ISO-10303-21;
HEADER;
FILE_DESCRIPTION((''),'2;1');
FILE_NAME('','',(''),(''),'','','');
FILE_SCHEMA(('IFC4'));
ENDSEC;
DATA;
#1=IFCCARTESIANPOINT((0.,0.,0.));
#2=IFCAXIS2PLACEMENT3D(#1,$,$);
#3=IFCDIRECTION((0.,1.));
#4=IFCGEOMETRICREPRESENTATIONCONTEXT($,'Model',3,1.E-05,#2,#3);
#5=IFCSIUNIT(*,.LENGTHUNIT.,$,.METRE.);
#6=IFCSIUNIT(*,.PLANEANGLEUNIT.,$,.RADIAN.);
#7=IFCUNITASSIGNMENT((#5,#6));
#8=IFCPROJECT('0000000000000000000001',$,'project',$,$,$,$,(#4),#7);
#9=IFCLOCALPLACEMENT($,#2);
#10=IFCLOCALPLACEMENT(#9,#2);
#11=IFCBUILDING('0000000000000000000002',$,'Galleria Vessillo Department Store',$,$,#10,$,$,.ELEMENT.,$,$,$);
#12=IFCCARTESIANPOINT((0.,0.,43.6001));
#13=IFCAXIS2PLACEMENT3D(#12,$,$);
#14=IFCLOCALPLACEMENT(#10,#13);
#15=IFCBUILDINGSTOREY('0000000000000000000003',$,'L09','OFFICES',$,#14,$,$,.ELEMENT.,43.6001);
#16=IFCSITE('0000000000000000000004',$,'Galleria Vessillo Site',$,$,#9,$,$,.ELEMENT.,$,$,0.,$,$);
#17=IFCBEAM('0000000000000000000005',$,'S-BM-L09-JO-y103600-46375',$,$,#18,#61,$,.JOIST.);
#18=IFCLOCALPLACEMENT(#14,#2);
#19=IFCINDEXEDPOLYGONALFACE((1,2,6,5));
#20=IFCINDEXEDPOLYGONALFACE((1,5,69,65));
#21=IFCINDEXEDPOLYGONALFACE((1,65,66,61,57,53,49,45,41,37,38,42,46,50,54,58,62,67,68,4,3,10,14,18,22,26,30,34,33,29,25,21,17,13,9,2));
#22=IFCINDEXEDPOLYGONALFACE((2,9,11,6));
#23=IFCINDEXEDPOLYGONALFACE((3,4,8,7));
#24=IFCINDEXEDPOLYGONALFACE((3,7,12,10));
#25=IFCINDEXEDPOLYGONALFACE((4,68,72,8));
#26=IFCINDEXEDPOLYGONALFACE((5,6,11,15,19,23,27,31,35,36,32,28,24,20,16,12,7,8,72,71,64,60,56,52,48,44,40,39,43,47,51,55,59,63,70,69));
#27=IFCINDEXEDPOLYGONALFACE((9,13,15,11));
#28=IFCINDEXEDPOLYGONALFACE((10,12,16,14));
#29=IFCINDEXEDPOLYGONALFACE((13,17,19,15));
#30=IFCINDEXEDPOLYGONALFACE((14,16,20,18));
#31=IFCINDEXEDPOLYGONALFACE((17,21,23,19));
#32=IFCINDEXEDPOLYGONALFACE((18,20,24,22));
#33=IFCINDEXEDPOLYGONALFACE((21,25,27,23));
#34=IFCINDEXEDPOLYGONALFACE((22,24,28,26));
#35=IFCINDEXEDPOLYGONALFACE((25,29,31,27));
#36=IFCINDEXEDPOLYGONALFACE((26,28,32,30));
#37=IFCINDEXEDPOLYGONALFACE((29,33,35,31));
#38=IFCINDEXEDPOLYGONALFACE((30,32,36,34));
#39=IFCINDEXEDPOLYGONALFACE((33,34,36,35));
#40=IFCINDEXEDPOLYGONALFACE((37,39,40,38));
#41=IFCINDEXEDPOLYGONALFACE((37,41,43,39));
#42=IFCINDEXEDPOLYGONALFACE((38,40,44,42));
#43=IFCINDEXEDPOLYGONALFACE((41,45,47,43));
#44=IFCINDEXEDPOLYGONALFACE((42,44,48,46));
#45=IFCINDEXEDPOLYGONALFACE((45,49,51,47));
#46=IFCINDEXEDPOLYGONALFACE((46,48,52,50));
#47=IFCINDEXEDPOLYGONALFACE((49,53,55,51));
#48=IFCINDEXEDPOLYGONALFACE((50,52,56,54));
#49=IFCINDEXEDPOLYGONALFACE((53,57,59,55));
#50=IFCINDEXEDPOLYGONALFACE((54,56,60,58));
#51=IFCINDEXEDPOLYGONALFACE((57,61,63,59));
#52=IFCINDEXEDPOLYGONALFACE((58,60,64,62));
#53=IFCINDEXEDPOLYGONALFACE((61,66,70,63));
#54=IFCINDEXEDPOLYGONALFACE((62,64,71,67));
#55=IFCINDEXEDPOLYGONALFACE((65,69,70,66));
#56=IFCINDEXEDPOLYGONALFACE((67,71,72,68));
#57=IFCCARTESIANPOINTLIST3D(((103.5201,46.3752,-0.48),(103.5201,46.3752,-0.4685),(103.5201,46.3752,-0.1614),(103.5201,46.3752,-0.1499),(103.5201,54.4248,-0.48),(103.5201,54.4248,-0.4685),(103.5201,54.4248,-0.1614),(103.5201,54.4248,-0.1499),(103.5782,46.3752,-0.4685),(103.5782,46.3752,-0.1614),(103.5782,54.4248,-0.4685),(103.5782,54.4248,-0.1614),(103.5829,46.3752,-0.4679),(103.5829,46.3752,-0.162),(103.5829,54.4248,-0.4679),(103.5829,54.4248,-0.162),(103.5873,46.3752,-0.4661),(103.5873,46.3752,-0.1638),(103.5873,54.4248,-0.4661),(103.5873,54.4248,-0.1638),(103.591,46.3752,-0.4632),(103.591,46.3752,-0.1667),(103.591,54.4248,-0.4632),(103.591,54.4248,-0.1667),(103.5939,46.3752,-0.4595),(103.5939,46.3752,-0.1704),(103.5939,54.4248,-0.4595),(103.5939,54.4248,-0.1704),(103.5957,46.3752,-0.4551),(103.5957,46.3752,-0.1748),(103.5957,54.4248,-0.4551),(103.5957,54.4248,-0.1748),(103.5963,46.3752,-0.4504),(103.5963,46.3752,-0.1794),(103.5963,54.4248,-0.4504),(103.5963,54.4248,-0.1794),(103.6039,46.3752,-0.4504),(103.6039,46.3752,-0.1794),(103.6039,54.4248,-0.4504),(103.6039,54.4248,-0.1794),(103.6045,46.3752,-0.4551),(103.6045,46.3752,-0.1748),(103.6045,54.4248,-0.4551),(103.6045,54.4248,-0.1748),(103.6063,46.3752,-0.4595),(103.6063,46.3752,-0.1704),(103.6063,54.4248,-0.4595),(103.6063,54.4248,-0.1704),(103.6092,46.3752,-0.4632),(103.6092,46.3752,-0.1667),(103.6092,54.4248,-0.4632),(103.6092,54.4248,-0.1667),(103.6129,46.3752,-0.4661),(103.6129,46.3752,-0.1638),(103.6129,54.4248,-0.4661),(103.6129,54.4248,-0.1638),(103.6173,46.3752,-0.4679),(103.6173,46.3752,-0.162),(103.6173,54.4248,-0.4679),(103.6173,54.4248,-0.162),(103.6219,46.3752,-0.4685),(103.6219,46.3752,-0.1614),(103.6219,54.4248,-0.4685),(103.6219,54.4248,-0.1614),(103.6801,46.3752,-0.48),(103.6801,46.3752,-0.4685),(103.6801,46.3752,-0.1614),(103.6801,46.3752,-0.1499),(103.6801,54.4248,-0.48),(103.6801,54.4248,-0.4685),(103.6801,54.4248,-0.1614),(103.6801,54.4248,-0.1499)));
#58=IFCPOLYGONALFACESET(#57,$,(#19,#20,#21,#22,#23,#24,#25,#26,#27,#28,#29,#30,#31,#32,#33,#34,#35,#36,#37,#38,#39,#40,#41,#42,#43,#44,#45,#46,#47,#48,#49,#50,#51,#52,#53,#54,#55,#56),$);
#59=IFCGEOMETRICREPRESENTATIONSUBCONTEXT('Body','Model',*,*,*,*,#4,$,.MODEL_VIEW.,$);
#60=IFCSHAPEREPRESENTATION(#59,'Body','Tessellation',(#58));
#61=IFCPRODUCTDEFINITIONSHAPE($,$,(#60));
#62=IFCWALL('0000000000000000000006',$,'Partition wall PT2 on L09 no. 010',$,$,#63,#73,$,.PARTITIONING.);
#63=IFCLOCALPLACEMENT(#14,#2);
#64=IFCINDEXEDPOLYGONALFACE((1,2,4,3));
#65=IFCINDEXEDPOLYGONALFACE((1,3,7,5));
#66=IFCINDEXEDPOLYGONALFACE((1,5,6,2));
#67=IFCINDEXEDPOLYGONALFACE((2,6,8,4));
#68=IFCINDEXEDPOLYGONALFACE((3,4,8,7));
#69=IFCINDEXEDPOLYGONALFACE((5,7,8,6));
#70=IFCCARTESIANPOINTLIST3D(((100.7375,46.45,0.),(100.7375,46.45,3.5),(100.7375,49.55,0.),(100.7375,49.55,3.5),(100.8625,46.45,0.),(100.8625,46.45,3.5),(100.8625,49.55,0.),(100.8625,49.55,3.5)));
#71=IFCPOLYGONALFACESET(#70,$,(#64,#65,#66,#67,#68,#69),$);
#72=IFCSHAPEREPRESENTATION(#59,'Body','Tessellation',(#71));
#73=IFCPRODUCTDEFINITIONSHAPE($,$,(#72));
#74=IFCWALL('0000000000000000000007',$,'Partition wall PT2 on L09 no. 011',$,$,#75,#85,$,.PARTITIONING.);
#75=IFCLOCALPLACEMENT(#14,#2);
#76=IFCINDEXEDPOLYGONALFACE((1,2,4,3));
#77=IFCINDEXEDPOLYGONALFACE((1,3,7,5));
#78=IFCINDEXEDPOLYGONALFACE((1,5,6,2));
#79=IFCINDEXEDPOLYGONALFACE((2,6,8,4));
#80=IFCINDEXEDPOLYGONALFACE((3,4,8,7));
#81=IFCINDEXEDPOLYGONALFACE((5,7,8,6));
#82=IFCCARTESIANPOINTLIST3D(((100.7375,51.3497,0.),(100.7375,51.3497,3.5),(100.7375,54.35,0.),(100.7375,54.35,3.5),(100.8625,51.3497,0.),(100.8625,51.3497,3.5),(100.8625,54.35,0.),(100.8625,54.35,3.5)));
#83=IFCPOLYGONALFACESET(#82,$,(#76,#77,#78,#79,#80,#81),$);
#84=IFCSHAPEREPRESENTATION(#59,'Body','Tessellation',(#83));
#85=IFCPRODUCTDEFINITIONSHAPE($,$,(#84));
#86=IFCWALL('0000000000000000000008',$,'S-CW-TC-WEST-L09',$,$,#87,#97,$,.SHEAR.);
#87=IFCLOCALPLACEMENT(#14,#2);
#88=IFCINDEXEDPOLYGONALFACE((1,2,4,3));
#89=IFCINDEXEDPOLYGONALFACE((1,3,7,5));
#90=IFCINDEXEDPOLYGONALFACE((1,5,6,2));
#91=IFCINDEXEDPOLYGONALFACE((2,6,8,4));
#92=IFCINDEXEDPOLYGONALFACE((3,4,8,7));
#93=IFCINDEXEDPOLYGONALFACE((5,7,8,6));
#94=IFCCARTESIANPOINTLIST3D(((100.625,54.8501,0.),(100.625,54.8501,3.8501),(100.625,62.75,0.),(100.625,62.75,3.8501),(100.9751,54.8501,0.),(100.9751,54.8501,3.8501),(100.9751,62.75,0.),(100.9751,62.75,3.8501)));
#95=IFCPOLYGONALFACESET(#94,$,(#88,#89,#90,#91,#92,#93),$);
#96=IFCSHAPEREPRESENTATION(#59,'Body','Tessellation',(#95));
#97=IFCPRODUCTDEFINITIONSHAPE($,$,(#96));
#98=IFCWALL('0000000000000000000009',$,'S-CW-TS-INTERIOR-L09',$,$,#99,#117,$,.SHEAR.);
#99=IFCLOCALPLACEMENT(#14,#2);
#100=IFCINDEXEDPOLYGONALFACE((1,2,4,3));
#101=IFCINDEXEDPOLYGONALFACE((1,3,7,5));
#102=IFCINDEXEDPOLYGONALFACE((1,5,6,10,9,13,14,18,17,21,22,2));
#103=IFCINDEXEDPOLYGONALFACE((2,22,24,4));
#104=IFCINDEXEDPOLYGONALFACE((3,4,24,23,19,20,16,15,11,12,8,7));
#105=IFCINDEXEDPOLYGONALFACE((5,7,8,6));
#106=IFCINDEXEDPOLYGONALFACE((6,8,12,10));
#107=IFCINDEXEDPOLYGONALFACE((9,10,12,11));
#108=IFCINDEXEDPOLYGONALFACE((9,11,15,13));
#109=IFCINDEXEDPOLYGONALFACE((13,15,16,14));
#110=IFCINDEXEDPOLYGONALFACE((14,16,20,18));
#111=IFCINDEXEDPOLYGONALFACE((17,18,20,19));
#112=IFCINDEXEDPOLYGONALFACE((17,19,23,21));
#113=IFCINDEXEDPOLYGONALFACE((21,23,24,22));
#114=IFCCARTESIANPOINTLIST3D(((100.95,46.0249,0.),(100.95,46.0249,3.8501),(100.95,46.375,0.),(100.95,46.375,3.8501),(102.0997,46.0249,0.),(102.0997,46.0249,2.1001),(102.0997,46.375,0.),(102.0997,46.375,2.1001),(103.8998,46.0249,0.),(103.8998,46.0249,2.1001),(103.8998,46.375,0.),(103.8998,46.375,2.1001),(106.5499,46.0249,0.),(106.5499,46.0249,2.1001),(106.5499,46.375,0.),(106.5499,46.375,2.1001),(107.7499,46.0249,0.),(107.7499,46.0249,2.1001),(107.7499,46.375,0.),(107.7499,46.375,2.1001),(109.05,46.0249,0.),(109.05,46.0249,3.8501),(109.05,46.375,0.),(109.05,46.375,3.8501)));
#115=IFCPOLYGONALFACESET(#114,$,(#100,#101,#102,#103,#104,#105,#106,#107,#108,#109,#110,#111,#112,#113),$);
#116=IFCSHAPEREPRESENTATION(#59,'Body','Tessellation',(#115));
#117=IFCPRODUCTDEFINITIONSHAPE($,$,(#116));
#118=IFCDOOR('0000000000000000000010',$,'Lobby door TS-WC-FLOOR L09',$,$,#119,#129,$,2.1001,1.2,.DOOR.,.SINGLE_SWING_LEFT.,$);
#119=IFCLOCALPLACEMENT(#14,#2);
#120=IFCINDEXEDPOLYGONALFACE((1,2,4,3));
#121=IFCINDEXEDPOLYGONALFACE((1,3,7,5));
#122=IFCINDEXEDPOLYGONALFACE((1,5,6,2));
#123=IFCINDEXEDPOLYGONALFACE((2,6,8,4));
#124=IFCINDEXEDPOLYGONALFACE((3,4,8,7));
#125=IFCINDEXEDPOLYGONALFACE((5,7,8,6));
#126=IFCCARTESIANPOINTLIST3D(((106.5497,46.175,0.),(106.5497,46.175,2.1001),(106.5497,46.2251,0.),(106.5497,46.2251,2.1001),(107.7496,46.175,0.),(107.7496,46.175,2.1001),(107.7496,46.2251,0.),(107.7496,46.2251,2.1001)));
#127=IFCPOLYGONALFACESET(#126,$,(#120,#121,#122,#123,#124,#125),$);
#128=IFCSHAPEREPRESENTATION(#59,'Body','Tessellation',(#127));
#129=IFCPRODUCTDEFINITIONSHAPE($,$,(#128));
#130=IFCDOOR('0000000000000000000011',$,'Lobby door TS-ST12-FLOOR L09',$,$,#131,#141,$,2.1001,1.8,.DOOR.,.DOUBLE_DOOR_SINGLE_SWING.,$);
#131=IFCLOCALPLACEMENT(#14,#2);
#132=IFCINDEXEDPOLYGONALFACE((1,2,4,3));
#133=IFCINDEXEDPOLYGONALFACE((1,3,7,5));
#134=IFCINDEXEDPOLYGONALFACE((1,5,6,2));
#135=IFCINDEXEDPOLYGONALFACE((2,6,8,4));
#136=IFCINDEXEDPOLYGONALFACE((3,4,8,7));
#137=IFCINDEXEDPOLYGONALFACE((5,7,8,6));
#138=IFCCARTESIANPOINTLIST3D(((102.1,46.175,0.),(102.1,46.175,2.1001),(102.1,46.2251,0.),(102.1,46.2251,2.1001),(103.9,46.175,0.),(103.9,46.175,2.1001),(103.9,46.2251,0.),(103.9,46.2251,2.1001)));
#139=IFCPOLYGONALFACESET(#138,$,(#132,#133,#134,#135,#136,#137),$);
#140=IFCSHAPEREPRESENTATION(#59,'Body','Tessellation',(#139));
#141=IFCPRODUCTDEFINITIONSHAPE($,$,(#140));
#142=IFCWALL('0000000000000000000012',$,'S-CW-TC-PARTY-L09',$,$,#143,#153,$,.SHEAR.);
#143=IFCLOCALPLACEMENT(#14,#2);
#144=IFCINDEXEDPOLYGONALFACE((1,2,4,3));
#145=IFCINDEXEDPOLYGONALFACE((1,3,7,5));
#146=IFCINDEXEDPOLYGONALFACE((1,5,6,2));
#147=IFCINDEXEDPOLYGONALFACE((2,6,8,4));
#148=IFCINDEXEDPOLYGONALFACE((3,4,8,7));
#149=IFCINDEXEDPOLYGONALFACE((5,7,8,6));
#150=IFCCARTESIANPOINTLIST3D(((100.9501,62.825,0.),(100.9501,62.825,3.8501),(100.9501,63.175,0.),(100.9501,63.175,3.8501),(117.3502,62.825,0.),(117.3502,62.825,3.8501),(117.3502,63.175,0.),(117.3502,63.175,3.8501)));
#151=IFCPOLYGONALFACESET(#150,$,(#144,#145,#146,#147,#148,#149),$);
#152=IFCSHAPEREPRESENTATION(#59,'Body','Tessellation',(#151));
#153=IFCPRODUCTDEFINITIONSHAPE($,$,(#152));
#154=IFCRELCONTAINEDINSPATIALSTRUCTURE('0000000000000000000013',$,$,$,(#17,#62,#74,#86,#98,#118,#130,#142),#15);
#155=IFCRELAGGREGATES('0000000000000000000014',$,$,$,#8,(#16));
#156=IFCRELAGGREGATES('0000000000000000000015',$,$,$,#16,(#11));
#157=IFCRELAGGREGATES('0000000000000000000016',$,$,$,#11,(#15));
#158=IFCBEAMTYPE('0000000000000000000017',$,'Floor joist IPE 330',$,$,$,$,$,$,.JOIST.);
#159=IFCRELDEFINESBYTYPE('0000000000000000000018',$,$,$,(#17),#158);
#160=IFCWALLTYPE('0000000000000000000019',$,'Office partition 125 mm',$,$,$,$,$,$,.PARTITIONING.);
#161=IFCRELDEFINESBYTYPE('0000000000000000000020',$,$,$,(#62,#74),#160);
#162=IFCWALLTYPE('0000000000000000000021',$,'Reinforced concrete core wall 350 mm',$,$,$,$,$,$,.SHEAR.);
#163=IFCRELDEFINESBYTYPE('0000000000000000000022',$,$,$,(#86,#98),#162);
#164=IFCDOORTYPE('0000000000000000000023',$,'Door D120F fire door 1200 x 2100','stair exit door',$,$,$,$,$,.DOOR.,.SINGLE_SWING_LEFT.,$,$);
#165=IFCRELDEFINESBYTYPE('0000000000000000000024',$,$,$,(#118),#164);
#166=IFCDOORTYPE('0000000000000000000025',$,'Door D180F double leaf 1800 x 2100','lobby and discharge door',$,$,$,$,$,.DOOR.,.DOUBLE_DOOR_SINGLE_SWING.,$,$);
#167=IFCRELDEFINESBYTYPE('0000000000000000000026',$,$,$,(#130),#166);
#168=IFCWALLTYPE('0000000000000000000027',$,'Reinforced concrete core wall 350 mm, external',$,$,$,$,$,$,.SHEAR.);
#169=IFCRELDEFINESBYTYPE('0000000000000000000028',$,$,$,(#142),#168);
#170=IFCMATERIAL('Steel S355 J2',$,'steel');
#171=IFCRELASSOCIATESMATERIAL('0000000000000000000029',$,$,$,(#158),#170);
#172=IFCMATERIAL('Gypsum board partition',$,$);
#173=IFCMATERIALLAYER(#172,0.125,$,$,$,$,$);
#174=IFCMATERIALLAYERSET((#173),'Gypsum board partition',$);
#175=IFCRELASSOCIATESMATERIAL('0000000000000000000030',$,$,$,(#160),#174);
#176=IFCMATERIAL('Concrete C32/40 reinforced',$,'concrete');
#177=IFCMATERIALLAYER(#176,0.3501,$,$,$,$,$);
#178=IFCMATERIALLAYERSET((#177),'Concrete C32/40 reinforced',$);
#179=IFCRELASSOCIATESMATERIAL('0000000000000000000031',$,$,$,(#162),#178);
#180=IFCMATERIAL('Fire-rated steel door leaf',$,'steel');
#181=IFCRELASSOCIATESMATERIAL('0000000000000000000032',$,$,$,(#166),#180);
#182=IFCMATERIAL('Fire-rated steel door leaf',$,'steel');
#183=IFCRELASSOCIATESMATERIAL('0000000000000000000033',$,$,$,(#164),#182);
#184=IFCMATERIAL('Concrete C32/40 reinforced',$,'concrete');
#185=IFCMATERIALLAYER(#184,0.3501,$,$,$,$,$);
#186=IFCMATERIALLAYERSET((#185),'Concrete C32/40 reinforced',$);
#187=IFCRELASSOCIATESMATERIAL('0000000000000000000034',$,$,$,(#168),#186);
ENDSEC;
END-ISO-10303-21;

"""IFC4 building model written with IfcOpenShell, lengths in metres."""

from ifc_helpers import new_model, si_unit, direction, frame, frame_2d, origin, origin_2d, place, context, subcontext, project, spatial, rectangle, i_section, extrude, material, layer, layer_set, material_profile, profile_set, type_object, element, fill, save


model = new_model("IFC4")

# Units and contexts
model_context = context("Model", 3, precision=1e-05, world=origin(), true_north=direction((0.0, 1.0)))
body_context = subcontext(model_context, "Body", "Model", "MODEL_VIEW")
ifc_project = project(units=[si_unit("LENGTHUNIT", "METRE"), si_unit("PLANEANGLEUNIT", "RADIAN")], contexts=[model_context])

# Site, building, storey
site_placement = place(None, origin())
site = spatial("IfcSite", under=ifc_project, at=site_placement, Name="Galleria Vessillo Site", CompositionType="ELEMENT", RefElevation=0.0)
building_placement = place(site_placement, origin())
building = spatial("IfcBuilding", under=site, at=building_placement, Name="Galleria Vessillo Department Store", CompositionType="ELEMENT")
storey_placement = place(building_placement, frame((0.0, 0.0, 43.6001)))
storey = spatial("IfcBuildingStorey", under=building, at=storey_placement, Name="L09", Description="OFFICES", CompositionType="ELEMENT", Elevation=43.6001)

# Beam
ifc_material_1 = material(Name="Steel S355 J2", Category="steel")
ifc_material_profile_1 = material_profile(ifc_material_1, i_section(OverallWidth=0.1599, OverallDepth=0.3301, WebThickness=0.0076, FlangeThickness=0.0115, FilletRadius=0.0181, at=origin_2d()), Name="IPE 330")
ifc_profile_set_1 = profile_set([ifc_material_profile_1], Name="Steel S355 J2")
beam_type_1 = type_object("IfcBeamType", Name="Floor joist IPE 330", PredefinedType="JOIST", material=ifc_profile_set_1)
beam_1_placement = place(storey_placement, frame((103.6001, 46.3752, -0.3149), z_axis=(0.0, 1.0, 0.0), x_axis=(-1.0, 0.0, 0.0)))
element("IfcBeam", 1, at=beam_1_placement, inside=storey, type_object=beam_type_1, Name="S-BM-L09-JO-y103600-46375", PredefinedType="JOIST", context=body_context, shape_type="SweptSolid", body=[
    extrude(i_section(OverallWidth=0.1599, OverallDepth=0.3301, WebThickness=0.0076, FlangeThickness=0.0115, FilletRadius=0.0181, at=origin_2d()), origin(), (0.0, 0.0, 1.0), 8.0496),
])

# Walls
ifc_material_2 = material(Name="Gypsum board partition")
ifc_layer_1 = layer(ifc_material_2, 0.125)
ifc_layer_set_1 = layer_set([ifc_layer_1], Name="Gypsum board partition")
wall_type_1 = type_object("IfcWallType", Name="Office partition 125 mm", PredefinedType="PARTITIONING", material=ifc_layer_set_1)
wall_1_placement = place(storey_placement, frame((100.8, 46.45, 0.0), z_axis=(0.0, 0.0, 1.0), x_axis=(0.0, 1.0, 0.0)))
element("IfcWall", 2, at=wall_1_placement, inside=storey, type_object=wall_type_1, Name="Partition wall PT2 on L09 no. 010", PredefinedType="PARTITIONING", context=body_context, shape_type="SweptSolid", body=[
    extrude(rectangle(XDim=3.1001, YDim=0.125, at=frame_2d((1.55, 0.0))), origin(), (0.0, 0.0, 1.0), 3.5),
])
wall_2_placement = place(storey_placement, frame((100.8, 51.3499, 0.0), z_axis=(0.0, 0.0, 1.0), x_axis=(0.0, 1.0, 0.0)))
element("IfcWall", 3, at=wall_2_placement, inside=storey, type_object=wall_type_1, Name="Partition wall PT2 on L09 no. 011", PredefinedType="PARTITIONING", context=body_context, shape_type="SweptSolid", body=[
    extrude(rectangle(XDim=3.0002, YDim=0.125, at=frame_2d((1.5, 0.0))), origin(), (0.0, 0.0, 1.0), 3.5),
])

# Shared definitions
ifc_material_3 = material(Name="Concrete C32/40 reinforced", Category="concrete")
ifc_layer_2 = layer(ifc_material_3, 0.3501)
ifc_layer_set_2 = layer_set([ifc_layer_2], Name="Concrete C32/40 reinforced")
wall_type_2 = type_object("IfcWallType", Name="Reinforced concrete core wall 350 mm", PredefinedType="SHEAR", material=ifc_layer_set_2)
ifc_material_4 = material(Name="Fire-rated steel door leaf", Category="steel")
door_type_1 = type_object("IfcDoorType", Name="Door D180F double leaf 1800 x 2100", Description="lobby and discharge door", OperationType="DOUBLE_DOOR_SINGLE_SWING", PredefinedType="DOOR", material=ifc_material_4)

# Wall
wall_3_placement = place(storey_placement, frame((100.8, 54.8501, 0.0), z_axis=(0.0, 0.0, 1.0), x_axis=(0.0, 1.0, 0.0)))
element("IfcWall", 4, at=wall_3_placement, inside=storey, type_object=wall_type_2, Name="S-CW-TC-WEST-L09", PredefinedType="SHEAR", context=body_context, shape_type="SweptSolid", body=[
    extrude(rectangle(XDim=7.8999, YDim=0.3501, at=frame_2d((3.95, 0.0))), origin(), (0.0, 0.0, 1.0), 3.8501),
])

# Wall, openings, doors
wall_4_placement = place(storey_placement, frame((100.95, 46.2, 0.0), z_axis=(0.0, 0.0, 1.0), x_axis=(1.0, 0.0, 0.0)))
wall_4 = element("IfcWall", 5, at=wall_4_placement, inside=storey, type_object=wall_type_2, Name="S-CW-TS-INTERIOR-L09", PredefinedType="SHEAR", context=body_context, shape_type="SweptSolid", body=[
    extrude(rectangle(XDim=8.1001, YDim=0.3501, at=frame_2d((4.05, 0.0))), origin(), (0.0, 0.0, 1.0), 3.8501),
])
opening_1_placement = place(wall_4_placement, frame((1.1499, 0.0, 0.0)))
opening_1 = element("IfcOpeningElement", 6, at=opening_1_placement, cuts=wall_4, PredefinedType="OPENING", context=body_context, shape_type="SweptSolid", body=[
    extrude(rectangle(XDim=1.8, YDim=2.1001, at=frame_2d((0.8999, 1.05))), frame((0.0, 0.1851, 0.0), z_axis=(0.0, -1.0, 0.0), x_axis=(1.0, 0.0, 0.0)), (0.0, 0.0, 1.0), 0.3701),
])
opening_2_placement = place(wall_4_placement, frame((5.5999, 0.0, 0.0)))
opening_2 = element("IfcOpeningElement", 7, at=opening_2_placement, cuts=wall_4, PredefinedType="OPENING", context=body_context, shape_type="SweptSolid", body=[
    extrude(rectangle(XDim=1.2, YDim=2.1001, at=frame_2d((0.6001, 1.05))), frame((0.0, 0.1851, 0.0), z_axis=(0.0, -1.0, 0.0), x_axis=(1.0, 0.0, 0.0)), (0.0, 0.0, 1.0), 0.3701),
])
ifc_material_5 = material(Name="Fire-rated steel door leaf", Category="steel")
door_type_2 = type_object("IfcDoorType", Name="Door D120F fire door 1200 x 2100", Description="stair exit door", OperationType="SINGLE_SWING_LEFT", PredefinedType="DOOR", material=ifc_material_5)
door_1_placement = place(opening_2_placement, frame((1.2, 0.0, 0.0), z_axis=(0.0, 0.0, 1.0), x_axis=(-1.0, 0.0, 0.0)))
door_1 = element("IfcDoor", 8, at=door_1_placement, inside=storey, type_object=door_type_2, Name="Lobby door TS-WC-FLOOR L09", OperationType="SINGLE_SWING_LEFT", OverallHeight=2.1001, OverallWidth=1.2, PredefinedType="DOOR", context=body_context, shape_type="SweptSolid", body=[
    extrude(rectangle(XDim=1.2, YDim=2.1001, at=frame_2d((0.6001, 1.05))), frame((0.0, 0.0249, 0.0), z_axis=(0.0, -1.0, 0.0), x_axis=(1.0, 0.0, 0.0)), (0.0, 0.0, 1.0), 0.05),
])
fill(opening_2, door_1)
door_2_placement = place(opening_1_placement, frame((1.8, 0.0, 0.0), z_axis=(0.0, 0.0, 1.0), x_axis=(-1.0, 0.0, 0.0)))
door_2 = element("IfcDoor", 9, at=door_2_placement, inside=storey, type_object=door_type_1, Name="Lobby door TS-ST12-FLOOR L09", OperationType="DOUBLE_DOOR_SINGLE_SWING", OverallHeight=2.1001, OverallWidth=1.8, PredefinedType="DOOR", context=body_context, shape_type="SweptSolid", body=[
    extrude(rectangle(XDim=1.8, YDim=2.1001, at=frame_2d((0.8999, 1.05))), frame((0.0, 0.0249, 0.0), z_axis=(0.0, -1.0, 0.0), x_axis=(1.0, 0.0, 0.0)), (0.0, 0.0, 1.0), 0.05),
])
fill(opening_1, door_2)

# Wall
ifc_material_6 = material(Name="Concrete C32/40 reinforced", Category="concrete")
ifc_layer_3 = layer(ifc_material_6, 0.3501)
ifc_layer_set_3 = layer_set([ifc_layer_3], Name="Concrete C32/40 reinforced")
wall_type_3 = type_object("IfcWallType", Name="Reinforced concrete core wall 350 mm, external", PredefinedType="SHEAR", material=ifc_layer_set_3)
wall_5_placement = place(storey_placement, frame((100.95, 63.0, 0.0), z_axis=(0.0, 0.0, 1.0), x_axis=(1.0, 0.0, 0.0)))
element("IfcWall", 10, at=wall_5_placement, inside=storey, type_object=wall_type_3, Name="S-CW-TC-PARTY-L09", PredefinedType="SHEAR", context=body_context, shape_type="SweptSolid", body=[
    extrude(rectangle(XDim=16.4001, YDim=0.3501, at=frame_2d((8.2002, 0.0))), origin(), (0.0, 0.0, 1.0), 3.8501),
])

save(model, "model.ifc")
